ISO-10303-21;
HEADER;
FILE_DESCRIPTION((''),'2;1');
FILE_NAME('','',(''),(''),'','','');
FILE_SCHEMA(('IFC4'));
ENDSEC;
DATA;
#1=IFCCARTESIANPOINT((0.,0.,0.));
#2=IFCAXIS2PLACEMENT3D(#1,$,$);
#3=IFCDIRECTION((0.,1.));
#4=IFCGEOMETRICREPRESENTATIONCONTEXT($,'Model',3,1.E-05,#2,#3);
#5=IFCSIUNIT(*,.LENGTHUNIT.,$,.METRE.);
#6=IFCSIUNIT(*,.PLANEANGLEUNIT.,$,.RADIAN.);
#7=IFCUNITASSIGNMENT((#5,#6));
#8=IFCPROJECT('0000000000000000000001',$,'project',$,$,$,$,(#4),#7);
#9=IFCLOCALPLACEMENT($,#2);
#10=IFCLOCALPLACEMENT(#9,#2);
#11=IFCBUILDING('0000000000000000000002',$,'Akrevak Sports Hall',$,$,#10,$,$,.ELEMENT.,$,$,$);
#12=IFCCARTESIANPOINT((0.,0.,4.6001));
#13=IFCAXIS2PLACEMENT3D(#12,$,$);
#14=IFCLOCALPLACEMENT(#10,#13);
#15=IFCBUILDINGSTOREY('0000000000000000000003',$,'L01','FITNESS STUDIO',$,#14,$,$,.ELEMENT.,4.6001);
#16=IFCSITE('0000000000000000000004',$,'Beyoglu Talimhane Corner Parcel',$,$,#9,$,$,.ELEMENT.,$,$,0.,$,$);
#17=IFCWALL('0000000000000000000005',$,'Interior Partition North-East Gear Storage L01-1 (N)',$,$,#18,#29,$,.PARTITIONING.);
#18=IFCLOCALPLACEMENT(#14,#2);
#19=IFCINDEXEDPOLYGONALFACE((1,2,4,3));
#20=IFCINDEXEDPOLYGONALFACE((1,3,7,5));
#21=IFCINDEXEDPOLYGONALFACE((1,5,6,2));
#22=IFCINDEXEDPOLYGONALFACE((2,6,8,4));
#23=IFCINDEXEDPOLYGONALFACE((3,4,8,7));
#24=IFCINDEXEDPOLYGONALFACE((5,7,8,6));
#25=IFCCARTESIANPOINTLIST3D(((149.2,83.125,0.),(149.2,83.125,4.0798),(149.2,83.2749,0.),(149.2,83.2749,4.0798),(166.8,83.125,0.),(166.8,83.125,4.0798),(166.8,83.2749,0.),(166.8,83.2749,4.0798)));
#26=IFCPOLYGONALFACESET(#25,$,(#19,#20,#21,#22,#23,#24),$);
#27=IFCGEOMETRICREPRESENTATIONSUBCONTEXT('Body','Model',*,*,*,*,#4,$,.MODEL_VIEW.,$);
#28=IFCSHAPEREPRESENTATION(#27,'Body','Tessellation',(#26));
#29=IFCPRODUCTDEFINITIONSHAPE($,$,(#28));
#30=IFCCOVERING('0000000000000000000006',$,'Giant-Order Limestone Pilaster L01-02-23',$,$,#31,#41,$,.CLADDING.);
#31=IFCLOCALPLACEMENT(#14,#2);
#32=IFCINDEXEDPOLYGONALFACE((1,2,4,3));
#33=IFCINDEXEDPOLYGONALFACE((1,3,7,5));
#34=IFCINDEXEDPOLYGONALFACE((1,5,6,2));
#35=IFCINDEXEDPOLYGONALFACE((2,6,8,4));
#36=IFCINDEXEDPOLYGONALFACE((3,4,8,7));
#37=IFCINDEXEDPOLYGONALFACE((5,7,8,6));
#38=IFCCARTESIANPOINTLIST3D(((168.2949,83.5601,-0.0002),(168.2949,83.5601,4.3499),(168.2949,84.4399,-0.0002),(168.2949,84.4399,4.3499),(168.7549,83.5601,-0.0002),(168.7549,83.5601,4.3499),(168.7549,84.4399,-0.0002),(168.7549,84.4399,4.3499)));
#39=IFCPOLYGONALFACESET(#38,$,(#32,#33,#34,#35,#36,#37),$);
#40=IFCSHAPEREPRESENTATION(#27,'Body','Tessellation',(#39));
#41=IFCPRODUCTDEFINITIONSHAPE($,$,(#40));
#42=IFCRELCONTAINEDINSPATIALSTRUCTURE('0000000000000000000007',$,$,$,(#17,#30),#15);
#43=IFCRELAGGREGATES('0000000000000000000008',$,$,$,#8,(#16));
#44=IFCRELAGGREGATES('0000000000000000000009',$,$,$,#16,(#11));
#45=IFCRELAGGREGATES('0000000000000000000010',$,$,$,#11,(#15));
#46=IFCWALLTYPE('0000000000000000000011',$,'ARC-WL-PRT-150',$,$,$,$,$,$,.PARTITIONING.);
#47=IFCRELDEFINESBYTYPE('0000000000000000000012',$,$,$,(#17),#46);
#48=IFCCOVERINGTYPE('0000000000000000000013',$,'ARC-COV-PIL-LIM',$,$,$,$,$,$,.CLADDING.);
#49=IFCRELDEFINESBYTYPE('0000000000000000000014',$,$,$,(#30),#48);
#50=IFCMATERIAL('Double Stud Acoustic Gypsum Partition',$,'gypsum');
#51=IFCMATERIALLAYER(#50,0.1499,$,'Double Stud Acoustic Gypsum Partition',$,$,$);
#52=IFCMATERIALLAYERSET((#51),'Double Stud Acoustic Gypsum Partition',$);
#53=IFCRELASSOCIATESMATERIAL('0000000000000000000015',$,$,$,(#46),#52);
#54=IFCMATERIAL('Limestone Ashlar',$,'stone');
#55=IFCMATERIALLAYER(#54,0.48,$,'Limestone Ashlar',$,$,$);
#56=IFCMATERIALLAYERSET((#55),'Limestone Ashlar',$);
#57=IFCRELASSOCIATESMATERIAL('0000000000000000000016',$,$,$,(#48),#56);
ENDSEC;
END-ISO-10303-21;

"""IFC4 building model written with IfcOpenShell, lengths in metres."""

from ifc_helpers import new_model, si_unit, direction, frame, frame_2d, origin, origin_2d, place, context, subcontext, project, spatial, rectangle, extrude, material, layer, layer_set, type_object, element, save


model = new_model("IFC4")

# Units and contexts
model_context = context("Model", 3, precision=1e-05, world=origin(), true_north=direction((0.0, 1.0)))
body_context = subcontext(model_context, "Body", "Model", "MODEL_VIEW")
ifc_project = project(units=[si_unit("LENGTHUNIT", "METRE"), si_unit("PLANEANGLEUNIT", "RADIAN")], contexts=[model_context])

# Site, building, storey
site_placement = place(None, origin())
site = spatial("IfcSite", under=ifc_project, at=site_placement, Name="Beyoglu Talimhane Corner Parcel", CompositionType="ELEMENT", RefElevation=0.0)
building_placement = place(site_placement, origin())
building = spatial("IfcBuilding", under=site, at=building_placement, Name="Akrevak Sports Hall", CompositionType="ELEMENT")
storey_placement = place(building_placement, frame((0.0, 0.0, 4.6001)))
storey = spatial("IfcBuildingStorey", under=building, at=storey_placement, Name="L01", Description="FITNESS STUDIO", CompositionType="ELEMENT", Elevation=4.6001)

# Shared definitions
ifc_material_1 = material(Name="Limestone Ashlar", Category="stone")

# Wall
ifc_material_2 = material(Name="Double Stud Acoustic Gypsum Partition", Category="gypsum")
ifc_layer_1 = layer(ifc_material_2, 0.1499, Name="Double Stud Acoustic Gypsum Partition")
ifc_layer_set_1 = layer_set([ifc_layer_1], Name="Double Stud Acoustic Gypsum Partition")
wall_type_1 = type_object("IfcWallType", Name="ARC-WL-PRT-150", PredefinedType="PARTITIONING", material=ifc_layer_set_1)
wall_1_placement = place(storey_placement, frame((149.2, 83.2, 0.0), z_axis=(0.0, 0.0, 1.0), x_axis=(1.0, 0.0, 0.0)))
element("IfcWall", 1, at=wall_1_placement, inside=storey, type_object=wall_type_1, Name="Interior Partition North-East Gear Storage L01-1 (N)", PredefinedType="PARTITIONING", context=body_context, shape_type="SweptSolid", body=[
    extrude(rectangle(XDim=17.6001, YDim=0.1499, at=frame_2d((8.8, 0.0))), origin(), (0.0, 0.0, 1.0), 4.0798),
])

# Covering
ifc_layer_2 = layer(ifc_material_1, 0.48, Name="Limestone Ashlar")
ifc_layer_set_2 = layer_set([ifc_layer_2], Name="Limestone Ashlar")
covering_type = type_object("IfcCoveringType", Name="ARC-COV-PIL-LIM", PredefinedType="CLADDING", material=ifc_layer_set_2)
covering_placement = place(storey_placement, frame((168.5249, 84.0, -0.0002), z_axis=(0.0, 0.0, 1.0), x_axis=(0.0, 1.0, 0.0)))
element("IfcCovering", 2, at=covering_placement, inside=storey, type_object=covering_type, Name="Giant-Order Limestone Pilaster L01-02-23", PredefinedType="CLADDING", context=body_context, shape_type="SweptSolid", body=[
    extrude(rectangle(XDim=0.8799, YDim=0.46, at=origin_2d()), origin(), (0.0, 0.0, 1.0), 4.3501),
])

save(model, "model.ifc")
